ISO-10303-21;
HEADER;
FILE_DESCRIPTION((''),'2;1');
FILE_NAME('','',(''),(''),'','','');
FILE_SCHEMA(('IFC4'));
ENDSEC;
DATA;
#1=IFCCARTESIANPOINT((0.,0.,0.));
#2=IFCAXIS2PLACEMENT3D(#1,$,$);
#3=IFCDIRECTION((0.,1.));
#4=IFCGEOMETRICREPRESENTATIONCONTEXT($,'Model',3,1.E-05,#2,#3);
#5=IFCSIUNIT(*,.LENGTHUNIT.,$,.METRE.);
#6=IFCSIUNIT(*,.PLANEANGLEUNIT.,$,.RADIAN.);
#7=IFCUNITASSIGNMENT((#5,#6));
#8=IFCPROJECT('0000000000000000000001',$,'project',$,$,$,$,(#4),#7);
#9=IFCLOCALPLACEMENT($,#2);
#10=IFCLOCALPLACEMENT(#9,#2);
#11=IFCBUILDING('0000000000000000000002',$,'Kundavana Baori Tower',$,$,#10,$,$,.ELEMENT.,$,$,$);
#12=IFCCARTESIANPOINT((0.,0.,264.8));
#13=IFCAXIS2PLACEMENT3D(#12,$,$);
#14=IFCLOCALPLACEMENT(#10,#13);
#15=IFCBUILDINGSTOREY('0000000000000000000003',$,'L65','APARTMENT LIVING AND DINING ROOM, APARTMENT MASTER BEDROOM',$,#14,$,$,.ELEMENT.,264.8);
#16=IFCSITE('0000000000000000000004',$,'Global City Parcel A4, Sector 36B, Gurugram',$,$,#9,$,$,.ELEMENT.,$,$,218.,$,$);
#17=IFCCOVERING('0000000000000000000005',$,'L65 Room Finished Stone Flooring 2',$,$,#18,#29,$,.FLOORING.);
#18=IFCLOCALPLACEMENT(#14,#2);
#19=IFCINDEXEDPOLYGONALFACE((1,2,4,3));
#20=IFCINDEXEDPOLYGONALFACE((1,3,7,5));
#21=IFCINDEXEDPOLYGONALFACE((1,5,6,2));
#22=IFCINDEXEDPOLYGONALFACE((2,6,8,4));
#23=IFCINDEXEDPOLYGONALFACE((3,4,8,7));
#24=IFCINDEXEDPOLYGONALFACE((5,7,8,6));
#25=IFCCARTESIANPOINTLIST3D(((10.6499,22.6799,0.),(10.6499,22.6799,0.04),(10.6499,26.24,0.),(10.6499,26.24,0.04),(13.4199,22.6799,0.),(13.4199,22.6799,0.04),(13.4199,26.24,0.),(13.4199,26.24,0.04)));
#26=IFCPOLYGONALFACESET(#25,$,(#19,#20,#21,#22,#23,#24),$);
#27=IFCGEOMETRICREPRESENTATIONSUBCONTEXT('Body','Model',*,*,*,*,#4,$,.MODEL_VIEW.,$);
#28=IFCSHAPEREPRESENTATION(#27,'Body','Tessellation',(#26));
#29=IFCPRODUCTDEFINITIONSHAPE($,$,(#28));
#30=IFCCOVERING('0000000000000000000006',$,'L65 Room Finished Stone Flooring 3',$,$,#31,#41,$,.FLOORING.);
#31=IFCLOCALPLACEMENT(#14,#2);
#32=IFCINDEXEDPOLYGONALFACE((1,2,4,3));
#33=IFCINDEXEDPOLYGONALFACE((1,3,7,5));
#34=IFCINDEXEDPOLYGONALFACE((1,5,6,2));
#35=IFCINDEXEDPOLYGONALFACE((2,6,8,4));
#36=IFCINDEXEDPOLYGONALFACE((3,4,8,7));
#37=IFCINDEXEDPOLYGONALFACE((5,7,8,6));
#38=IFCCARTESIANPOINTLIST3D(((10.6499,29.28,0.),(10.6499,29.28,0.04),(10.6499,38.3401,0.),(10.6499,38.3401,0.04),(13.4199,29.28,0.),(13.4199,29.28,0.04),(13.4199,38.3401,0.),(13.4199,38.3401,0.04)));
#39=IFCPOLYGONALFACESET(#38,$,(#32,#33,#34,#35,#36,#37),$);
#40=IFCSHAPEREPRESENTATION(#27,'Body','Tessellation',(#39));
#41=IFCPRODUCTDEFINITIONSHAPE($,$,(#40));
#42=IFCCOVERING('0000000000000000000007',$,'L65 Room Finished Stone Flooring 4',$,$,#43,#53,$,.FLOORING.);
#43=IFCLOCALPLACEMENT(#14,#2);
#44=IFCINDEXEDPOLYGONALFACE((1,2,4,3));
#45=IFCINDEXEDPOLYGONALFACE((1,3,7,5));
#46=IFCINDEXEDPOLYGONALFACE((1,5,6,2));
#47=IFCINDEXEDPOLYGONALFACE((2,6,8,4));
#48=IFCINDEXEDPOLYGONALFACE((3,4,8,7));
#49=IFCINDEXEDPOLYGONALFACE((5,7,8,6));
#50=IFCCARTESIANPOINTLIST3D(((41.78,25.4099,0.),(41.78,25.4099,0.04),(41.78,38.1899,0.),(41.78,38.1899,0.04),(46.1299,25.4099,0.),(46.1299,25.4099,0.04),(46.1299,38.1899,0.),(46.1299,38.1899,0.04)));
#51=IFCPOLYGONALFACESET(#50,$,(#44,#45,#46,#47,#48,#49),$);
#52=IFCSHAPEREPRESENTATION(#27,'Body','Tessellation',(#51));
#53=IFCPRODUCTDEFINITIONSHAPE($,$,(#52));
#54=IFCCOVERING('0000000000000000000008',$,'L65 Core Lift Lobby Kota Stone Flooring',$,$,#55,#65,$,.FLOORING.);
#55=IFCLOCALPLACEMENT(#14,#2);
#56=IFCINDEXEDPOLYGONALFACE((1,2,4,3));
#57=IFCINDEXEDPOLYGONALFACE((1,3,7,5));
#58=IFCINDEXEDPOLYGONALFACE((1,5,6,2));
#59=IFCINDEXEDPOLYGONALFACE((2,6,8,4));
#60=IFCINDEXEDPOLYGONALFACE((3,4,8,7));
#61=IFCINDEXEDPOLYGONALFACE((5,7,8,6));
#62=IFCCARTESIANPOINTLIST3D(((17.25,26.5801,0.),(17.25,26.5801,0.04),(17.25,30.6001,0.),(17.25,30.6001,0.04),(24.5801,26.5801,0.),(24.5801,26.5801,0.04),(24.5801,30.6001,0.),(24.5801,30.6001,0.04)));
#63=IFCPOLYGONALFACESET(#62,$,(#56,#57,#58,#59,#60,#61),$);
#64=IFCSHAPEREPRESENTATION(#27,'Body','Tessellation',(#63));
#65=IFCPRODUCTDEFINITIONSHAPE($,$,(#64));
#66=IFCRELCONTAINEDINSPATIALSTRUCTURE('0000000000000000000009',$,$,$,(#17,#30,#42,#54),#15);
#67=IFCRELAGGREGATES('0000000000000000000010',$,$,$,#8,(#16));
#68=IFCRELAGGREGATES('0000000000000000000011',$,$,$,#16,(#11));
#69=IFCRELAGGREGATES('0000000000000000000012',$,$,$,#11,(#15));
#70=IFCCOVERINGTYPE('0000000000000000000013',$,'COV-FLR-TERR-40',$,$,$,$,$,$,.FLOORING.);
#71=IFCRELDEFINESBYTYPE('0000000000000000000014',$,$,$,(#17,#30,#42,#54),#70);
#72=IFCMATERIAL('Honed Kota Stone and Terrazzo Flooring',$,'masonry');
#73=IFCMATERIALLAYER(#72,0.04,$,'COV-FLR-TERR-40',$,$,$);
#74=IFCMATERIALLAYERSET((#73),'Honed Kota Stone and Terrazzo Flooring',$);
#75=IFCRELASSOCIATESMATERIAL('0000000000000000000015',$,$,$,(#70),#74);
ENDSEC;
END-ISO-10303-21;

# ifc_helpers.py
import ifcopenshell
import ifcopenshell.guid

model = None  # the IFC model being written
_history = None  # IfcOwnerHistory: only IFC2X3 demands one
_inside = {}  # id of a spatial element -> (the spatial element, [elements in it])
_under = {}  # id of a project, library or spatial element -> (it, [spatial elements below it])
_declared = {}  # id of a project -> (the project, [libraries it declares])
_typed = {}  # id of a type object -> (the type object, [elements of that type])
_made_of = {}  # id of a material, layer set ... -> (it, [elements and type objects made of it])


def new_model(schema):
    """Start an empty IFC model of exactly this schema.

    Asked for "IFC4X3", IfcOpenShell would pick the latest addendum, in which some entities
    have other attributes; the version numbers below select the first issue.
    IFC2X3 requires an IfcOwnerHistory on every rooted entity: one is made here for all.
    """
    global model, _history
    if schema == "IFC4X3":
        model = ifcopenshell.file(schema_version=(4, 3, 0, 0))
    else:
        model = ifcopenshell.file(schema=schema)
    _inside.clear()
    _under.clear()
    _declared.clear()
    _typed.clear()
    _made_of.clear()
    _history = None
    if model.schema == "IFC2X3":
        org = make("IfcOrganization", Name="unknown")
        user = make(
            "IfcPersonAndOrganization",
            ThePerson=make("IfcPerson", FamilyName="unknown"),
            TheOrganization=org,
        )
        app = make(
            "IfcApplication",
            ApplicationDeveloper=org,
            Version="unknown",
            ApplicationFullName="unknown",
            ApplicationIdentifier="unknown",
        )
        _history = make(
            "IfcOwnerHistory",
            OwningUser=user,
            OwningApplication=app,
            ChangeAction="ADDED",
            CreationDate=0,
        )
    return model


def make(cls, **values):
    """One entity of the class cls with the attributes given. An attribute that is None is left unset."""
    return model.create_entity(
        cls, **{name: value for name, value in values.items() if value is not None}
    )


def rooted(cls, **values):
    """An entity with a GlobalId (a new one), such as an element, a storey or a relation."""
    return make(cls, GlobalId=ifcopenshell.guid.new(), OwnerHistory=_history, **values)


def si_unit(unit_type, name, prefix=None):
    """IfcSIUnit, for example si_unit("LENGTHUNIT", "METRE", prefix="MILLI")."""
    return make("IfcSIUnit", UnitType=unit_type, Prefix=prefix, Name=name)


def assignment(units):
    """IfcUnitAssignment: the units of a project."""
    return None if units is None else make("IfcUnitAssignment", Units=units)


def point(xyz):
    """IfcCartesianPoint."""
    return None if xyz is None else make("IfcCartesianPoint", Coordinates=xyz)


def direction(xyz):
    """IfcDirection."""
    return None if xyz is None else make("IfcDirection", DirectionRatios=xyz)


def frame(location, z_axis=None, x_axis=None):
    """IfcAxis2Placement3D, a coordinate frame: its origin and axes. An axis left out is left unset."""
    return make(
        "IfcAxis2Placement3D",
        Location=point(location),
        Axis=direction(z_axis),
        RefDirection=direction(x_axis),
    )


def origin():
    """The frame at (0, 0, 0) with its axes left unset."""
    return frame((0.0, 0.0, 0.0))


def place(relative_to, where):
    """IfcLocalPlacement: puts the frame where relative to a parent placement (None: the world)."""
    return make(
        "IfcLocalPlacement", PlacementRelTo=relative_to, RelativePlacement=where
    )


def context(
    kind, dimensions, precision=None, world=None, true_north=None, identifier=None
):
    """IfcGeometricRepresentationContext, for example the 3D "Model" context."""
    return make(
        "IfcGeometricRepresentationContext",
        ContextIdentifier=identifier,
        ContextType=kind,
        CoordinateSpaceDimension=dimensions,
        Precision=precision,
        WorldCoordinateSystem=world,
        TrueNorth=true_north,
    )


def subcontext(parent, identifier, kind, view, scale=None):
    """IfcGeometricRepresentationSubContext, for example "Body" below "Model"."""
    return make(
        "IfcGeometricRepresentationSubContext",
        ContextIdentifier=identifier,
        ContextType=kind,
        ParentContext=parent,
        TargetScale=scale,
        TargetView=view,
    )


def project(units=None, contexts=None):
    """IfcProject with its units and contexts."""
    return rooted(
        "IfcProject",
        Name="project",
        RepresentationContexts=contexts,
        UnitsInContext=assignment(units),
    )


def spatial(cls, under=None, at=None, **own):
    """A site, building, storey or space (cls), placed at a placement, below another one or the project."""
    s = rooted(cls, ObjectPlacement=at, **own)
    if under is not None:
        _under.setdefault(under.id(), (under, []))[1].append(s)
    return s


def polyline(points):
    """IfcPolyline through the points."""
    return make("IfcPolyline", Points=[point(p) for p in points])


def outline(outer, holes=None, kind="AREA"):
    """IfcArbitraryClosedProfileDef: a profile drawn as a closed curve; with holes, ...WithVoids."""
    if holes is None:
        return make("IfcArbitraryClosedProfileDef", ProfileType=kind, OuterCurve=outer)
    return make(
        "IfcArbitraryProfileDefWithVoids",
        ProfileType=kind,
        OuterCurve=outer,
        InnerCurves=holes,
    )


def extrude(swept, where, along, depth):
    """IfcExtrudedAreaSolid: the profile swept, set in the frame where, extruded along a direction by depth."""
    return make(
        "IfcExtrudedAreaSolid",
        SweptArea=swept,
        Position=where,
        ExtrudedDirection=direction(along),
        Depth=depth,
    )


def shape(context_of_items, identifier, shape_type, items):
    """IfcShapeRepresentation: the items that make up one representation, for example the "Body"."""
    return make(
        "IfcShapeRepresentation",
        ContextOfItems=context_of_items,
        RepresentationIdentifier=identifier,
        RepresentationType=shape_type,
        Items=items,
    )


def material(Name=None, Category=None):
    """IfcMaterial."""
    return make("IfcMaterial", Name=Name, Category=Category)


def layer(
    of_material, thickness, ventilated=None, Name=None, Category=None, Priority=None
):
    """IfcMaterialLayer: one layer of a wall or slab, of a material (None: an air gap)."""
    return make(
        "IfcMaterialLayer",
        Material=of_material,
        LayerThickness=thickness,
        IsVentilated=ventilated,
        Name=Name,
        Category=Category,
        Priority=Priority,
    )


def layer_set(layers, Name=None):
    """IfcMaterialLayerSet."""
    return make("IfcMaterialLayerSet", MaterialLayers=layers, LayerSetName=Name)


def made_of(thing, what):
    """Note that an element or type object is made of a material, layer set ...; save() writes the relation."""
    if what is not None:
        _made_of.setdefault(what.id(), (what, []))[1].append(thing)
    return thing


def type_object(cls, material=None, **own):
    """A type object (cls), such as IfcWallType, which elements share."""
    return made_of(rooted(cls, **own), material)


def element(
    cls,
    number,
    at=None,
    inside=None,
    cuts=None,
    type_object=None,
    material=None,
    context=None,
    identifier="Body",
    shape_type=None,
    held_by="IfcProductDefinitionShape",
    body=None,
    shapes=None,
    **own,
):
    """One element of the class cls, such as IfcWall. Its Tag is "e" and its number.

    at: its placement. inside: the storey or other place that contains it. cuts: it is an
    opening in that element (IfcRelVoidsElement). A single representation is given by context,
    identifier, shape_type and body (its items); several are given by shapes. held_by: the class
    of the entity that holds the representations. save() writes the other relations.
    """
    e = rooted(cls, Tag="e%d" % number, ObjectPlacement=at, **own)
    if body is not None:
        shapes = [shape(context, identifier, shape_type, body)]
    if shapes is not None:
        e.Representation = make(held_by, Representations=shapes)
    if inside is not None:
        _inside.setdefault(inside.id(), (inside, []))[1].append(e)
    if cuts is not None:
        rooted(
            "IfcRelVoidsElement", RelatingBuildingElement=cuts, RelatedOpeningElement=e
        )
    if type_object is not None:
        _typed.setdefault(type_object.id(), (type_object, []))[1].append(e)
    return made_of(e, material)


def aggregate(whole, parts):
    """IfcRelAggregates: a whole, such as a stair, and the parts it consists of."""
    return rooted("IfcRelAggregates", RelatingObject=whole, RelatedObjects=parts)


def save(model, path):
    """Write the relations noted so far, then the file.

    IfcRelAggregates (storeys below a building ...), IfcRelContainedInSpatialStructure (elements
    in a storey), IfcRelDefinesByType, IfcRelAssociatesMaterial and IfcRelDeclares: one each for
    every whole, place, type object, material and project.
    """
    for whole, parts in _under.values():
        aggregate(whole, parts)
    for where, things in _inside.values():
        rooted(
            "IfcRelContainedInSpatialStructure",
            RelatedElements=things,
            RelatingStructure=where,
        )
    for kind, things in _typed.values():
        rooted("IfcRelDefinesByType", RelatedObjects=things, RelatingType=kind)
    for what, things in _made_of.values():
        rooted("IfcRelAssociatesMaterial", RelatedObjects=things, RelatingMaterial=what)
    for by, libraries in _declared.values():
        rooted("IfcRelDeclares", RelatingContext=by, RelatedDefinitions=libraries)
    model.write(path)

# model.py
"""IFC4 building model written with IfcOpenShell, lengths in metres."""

from ifc_helpers import new_model, si_unit, direction, frame, origin, place, context, subcontext, project, spatial, polyline, outline, extrude, material, layer, layer_set, type_object, element, save


model = new_model("IFC4")

# Units and contexts
model_context = context("Model", 3, precision=1e-05, world=origin(), true_north=direction((0.0, 1.0)))
body_context = subcontext(model_context, "Body", "Model", "MODEL_VIEW")
ifc_project = project(units=[si_unit("LENGTHUNIT", "METRE"), si_unit("PLANEANGLEUNIT", "RADIAN")], contexts=[model_context])

# Site, building, storey
site_placement = place(None, origin())
site = spatial("IfcSite", under=ifc_project, at=site_placement, Name="Global City Parcel A4, Sector 36B, Gurugram", CompositionType="ELEMENT", RefElevation=218.0)
building_placement = place(site_placement, origin())
building = spatial("IfcBuilding", under=site, at=building_placement, Name="Kundavana Baori Tower", CompositionType="ELEMENT")
storey_placement = place(building_placement, frame((0.0, 0.0, 264.8)))
storey = spatial("IfcBuildingStorey", under=building, at=storey_placement, Name="L65", Description="APARTMENT LIVING AND DINING ROOM, APARTMENT MASTER BEDROOM", CompositionType="ELEMENT", Elevation=264.8)

# Coverings
ifc_material_1 = material(Name="Honed Kota Stone and Terrazzo Flooring", Category="masonry")
ifc_layer_1 = layer(ifc_material_1, 0.04, Name="COV-FLR-TERR-40")
ifc_layer_set_1 = layer_set([ifc_layer_1], Name="Honed Kota Stone and Terrazzo Flooring")
covering_type = type_object("IfcCoveringType", Name="COV-FLR-TERR-40", PredefinedType="FLOORING", material=ifc_layer_set_1)
covering_1_placement = place(storey_placement, origin())
element("IfcCovering", 1, at=covering_1_placement, inside=storey, type_object=covering_type, Name="L65 Room Finished Stone Flooring 2", PredefinedType="FLOORING", context=body_context, shape_type="SweptSolid", body=[
    extrude(outline(polyline([(10.6499, 22.6799), (13.4199, 22.6799), (13.4199, 26.24), (10.6499, 26.24), (10.6499, 22.6799)])), origin(), (0.0, 0.0, 1.0), 0.04),
])
covering_2_placement = place(storey_placement, origin())
element("IfcCovering", 2, at=covering_2_placement, inside=storey, type_object=covering_type, Name="L65 Room Finished Stone Flooring 3", PredefinedType="FLOORING", context=body_context, shape_type="SweptSolid", body=[
    extrude(outline(polyline([(10.6499, 29.28), (13.4199, 29.28), (13.4199, 38.3401), (10.6499, 38.3401), (10.6499, 29.28)])), origin(), (0.0, 0.0, 1.0), 0.04),
])
covering_3_placement = place(storey_placement, origin())
element("IfcCovering", 3, at=covering_3_placement, inside=storey, type_object=covering_type, Name="L65 Room Finished Stone Flooring 4", PredefinedType="FLOORING", context=body_context, shape_type="SweptSolid", body=[
    extrude(outline(polyline([(41.78, 25.4099), (46.1299, 25.4099), (46.1299, 38.1899), (41.78, 38.1899), (41.78, 25.4099)])), origin(), (0.0, 0.0, 1.0), 0.04),
])
covering_4_placement = place(storey_placement, origin())
element("IfcCovering", 4, at=covering_4_placement, inside=storey, type_object=covering_type, Name="L65 Core Lift Lobby Kota Stone Flooring", PredefinedType="FLOORING", context=body_context, shape_type="SweptSolid", body=[
    extrude(outline(polyline([(17.25, 26.5801), (24.5801, 26.5801), (24.5801, 30.6001), (17.25, 30.6001), (17.25, 26.5801)])), origin(), (0.0, 0.0, 1.0), 0.04),
])

save(model, "model.ifc")
